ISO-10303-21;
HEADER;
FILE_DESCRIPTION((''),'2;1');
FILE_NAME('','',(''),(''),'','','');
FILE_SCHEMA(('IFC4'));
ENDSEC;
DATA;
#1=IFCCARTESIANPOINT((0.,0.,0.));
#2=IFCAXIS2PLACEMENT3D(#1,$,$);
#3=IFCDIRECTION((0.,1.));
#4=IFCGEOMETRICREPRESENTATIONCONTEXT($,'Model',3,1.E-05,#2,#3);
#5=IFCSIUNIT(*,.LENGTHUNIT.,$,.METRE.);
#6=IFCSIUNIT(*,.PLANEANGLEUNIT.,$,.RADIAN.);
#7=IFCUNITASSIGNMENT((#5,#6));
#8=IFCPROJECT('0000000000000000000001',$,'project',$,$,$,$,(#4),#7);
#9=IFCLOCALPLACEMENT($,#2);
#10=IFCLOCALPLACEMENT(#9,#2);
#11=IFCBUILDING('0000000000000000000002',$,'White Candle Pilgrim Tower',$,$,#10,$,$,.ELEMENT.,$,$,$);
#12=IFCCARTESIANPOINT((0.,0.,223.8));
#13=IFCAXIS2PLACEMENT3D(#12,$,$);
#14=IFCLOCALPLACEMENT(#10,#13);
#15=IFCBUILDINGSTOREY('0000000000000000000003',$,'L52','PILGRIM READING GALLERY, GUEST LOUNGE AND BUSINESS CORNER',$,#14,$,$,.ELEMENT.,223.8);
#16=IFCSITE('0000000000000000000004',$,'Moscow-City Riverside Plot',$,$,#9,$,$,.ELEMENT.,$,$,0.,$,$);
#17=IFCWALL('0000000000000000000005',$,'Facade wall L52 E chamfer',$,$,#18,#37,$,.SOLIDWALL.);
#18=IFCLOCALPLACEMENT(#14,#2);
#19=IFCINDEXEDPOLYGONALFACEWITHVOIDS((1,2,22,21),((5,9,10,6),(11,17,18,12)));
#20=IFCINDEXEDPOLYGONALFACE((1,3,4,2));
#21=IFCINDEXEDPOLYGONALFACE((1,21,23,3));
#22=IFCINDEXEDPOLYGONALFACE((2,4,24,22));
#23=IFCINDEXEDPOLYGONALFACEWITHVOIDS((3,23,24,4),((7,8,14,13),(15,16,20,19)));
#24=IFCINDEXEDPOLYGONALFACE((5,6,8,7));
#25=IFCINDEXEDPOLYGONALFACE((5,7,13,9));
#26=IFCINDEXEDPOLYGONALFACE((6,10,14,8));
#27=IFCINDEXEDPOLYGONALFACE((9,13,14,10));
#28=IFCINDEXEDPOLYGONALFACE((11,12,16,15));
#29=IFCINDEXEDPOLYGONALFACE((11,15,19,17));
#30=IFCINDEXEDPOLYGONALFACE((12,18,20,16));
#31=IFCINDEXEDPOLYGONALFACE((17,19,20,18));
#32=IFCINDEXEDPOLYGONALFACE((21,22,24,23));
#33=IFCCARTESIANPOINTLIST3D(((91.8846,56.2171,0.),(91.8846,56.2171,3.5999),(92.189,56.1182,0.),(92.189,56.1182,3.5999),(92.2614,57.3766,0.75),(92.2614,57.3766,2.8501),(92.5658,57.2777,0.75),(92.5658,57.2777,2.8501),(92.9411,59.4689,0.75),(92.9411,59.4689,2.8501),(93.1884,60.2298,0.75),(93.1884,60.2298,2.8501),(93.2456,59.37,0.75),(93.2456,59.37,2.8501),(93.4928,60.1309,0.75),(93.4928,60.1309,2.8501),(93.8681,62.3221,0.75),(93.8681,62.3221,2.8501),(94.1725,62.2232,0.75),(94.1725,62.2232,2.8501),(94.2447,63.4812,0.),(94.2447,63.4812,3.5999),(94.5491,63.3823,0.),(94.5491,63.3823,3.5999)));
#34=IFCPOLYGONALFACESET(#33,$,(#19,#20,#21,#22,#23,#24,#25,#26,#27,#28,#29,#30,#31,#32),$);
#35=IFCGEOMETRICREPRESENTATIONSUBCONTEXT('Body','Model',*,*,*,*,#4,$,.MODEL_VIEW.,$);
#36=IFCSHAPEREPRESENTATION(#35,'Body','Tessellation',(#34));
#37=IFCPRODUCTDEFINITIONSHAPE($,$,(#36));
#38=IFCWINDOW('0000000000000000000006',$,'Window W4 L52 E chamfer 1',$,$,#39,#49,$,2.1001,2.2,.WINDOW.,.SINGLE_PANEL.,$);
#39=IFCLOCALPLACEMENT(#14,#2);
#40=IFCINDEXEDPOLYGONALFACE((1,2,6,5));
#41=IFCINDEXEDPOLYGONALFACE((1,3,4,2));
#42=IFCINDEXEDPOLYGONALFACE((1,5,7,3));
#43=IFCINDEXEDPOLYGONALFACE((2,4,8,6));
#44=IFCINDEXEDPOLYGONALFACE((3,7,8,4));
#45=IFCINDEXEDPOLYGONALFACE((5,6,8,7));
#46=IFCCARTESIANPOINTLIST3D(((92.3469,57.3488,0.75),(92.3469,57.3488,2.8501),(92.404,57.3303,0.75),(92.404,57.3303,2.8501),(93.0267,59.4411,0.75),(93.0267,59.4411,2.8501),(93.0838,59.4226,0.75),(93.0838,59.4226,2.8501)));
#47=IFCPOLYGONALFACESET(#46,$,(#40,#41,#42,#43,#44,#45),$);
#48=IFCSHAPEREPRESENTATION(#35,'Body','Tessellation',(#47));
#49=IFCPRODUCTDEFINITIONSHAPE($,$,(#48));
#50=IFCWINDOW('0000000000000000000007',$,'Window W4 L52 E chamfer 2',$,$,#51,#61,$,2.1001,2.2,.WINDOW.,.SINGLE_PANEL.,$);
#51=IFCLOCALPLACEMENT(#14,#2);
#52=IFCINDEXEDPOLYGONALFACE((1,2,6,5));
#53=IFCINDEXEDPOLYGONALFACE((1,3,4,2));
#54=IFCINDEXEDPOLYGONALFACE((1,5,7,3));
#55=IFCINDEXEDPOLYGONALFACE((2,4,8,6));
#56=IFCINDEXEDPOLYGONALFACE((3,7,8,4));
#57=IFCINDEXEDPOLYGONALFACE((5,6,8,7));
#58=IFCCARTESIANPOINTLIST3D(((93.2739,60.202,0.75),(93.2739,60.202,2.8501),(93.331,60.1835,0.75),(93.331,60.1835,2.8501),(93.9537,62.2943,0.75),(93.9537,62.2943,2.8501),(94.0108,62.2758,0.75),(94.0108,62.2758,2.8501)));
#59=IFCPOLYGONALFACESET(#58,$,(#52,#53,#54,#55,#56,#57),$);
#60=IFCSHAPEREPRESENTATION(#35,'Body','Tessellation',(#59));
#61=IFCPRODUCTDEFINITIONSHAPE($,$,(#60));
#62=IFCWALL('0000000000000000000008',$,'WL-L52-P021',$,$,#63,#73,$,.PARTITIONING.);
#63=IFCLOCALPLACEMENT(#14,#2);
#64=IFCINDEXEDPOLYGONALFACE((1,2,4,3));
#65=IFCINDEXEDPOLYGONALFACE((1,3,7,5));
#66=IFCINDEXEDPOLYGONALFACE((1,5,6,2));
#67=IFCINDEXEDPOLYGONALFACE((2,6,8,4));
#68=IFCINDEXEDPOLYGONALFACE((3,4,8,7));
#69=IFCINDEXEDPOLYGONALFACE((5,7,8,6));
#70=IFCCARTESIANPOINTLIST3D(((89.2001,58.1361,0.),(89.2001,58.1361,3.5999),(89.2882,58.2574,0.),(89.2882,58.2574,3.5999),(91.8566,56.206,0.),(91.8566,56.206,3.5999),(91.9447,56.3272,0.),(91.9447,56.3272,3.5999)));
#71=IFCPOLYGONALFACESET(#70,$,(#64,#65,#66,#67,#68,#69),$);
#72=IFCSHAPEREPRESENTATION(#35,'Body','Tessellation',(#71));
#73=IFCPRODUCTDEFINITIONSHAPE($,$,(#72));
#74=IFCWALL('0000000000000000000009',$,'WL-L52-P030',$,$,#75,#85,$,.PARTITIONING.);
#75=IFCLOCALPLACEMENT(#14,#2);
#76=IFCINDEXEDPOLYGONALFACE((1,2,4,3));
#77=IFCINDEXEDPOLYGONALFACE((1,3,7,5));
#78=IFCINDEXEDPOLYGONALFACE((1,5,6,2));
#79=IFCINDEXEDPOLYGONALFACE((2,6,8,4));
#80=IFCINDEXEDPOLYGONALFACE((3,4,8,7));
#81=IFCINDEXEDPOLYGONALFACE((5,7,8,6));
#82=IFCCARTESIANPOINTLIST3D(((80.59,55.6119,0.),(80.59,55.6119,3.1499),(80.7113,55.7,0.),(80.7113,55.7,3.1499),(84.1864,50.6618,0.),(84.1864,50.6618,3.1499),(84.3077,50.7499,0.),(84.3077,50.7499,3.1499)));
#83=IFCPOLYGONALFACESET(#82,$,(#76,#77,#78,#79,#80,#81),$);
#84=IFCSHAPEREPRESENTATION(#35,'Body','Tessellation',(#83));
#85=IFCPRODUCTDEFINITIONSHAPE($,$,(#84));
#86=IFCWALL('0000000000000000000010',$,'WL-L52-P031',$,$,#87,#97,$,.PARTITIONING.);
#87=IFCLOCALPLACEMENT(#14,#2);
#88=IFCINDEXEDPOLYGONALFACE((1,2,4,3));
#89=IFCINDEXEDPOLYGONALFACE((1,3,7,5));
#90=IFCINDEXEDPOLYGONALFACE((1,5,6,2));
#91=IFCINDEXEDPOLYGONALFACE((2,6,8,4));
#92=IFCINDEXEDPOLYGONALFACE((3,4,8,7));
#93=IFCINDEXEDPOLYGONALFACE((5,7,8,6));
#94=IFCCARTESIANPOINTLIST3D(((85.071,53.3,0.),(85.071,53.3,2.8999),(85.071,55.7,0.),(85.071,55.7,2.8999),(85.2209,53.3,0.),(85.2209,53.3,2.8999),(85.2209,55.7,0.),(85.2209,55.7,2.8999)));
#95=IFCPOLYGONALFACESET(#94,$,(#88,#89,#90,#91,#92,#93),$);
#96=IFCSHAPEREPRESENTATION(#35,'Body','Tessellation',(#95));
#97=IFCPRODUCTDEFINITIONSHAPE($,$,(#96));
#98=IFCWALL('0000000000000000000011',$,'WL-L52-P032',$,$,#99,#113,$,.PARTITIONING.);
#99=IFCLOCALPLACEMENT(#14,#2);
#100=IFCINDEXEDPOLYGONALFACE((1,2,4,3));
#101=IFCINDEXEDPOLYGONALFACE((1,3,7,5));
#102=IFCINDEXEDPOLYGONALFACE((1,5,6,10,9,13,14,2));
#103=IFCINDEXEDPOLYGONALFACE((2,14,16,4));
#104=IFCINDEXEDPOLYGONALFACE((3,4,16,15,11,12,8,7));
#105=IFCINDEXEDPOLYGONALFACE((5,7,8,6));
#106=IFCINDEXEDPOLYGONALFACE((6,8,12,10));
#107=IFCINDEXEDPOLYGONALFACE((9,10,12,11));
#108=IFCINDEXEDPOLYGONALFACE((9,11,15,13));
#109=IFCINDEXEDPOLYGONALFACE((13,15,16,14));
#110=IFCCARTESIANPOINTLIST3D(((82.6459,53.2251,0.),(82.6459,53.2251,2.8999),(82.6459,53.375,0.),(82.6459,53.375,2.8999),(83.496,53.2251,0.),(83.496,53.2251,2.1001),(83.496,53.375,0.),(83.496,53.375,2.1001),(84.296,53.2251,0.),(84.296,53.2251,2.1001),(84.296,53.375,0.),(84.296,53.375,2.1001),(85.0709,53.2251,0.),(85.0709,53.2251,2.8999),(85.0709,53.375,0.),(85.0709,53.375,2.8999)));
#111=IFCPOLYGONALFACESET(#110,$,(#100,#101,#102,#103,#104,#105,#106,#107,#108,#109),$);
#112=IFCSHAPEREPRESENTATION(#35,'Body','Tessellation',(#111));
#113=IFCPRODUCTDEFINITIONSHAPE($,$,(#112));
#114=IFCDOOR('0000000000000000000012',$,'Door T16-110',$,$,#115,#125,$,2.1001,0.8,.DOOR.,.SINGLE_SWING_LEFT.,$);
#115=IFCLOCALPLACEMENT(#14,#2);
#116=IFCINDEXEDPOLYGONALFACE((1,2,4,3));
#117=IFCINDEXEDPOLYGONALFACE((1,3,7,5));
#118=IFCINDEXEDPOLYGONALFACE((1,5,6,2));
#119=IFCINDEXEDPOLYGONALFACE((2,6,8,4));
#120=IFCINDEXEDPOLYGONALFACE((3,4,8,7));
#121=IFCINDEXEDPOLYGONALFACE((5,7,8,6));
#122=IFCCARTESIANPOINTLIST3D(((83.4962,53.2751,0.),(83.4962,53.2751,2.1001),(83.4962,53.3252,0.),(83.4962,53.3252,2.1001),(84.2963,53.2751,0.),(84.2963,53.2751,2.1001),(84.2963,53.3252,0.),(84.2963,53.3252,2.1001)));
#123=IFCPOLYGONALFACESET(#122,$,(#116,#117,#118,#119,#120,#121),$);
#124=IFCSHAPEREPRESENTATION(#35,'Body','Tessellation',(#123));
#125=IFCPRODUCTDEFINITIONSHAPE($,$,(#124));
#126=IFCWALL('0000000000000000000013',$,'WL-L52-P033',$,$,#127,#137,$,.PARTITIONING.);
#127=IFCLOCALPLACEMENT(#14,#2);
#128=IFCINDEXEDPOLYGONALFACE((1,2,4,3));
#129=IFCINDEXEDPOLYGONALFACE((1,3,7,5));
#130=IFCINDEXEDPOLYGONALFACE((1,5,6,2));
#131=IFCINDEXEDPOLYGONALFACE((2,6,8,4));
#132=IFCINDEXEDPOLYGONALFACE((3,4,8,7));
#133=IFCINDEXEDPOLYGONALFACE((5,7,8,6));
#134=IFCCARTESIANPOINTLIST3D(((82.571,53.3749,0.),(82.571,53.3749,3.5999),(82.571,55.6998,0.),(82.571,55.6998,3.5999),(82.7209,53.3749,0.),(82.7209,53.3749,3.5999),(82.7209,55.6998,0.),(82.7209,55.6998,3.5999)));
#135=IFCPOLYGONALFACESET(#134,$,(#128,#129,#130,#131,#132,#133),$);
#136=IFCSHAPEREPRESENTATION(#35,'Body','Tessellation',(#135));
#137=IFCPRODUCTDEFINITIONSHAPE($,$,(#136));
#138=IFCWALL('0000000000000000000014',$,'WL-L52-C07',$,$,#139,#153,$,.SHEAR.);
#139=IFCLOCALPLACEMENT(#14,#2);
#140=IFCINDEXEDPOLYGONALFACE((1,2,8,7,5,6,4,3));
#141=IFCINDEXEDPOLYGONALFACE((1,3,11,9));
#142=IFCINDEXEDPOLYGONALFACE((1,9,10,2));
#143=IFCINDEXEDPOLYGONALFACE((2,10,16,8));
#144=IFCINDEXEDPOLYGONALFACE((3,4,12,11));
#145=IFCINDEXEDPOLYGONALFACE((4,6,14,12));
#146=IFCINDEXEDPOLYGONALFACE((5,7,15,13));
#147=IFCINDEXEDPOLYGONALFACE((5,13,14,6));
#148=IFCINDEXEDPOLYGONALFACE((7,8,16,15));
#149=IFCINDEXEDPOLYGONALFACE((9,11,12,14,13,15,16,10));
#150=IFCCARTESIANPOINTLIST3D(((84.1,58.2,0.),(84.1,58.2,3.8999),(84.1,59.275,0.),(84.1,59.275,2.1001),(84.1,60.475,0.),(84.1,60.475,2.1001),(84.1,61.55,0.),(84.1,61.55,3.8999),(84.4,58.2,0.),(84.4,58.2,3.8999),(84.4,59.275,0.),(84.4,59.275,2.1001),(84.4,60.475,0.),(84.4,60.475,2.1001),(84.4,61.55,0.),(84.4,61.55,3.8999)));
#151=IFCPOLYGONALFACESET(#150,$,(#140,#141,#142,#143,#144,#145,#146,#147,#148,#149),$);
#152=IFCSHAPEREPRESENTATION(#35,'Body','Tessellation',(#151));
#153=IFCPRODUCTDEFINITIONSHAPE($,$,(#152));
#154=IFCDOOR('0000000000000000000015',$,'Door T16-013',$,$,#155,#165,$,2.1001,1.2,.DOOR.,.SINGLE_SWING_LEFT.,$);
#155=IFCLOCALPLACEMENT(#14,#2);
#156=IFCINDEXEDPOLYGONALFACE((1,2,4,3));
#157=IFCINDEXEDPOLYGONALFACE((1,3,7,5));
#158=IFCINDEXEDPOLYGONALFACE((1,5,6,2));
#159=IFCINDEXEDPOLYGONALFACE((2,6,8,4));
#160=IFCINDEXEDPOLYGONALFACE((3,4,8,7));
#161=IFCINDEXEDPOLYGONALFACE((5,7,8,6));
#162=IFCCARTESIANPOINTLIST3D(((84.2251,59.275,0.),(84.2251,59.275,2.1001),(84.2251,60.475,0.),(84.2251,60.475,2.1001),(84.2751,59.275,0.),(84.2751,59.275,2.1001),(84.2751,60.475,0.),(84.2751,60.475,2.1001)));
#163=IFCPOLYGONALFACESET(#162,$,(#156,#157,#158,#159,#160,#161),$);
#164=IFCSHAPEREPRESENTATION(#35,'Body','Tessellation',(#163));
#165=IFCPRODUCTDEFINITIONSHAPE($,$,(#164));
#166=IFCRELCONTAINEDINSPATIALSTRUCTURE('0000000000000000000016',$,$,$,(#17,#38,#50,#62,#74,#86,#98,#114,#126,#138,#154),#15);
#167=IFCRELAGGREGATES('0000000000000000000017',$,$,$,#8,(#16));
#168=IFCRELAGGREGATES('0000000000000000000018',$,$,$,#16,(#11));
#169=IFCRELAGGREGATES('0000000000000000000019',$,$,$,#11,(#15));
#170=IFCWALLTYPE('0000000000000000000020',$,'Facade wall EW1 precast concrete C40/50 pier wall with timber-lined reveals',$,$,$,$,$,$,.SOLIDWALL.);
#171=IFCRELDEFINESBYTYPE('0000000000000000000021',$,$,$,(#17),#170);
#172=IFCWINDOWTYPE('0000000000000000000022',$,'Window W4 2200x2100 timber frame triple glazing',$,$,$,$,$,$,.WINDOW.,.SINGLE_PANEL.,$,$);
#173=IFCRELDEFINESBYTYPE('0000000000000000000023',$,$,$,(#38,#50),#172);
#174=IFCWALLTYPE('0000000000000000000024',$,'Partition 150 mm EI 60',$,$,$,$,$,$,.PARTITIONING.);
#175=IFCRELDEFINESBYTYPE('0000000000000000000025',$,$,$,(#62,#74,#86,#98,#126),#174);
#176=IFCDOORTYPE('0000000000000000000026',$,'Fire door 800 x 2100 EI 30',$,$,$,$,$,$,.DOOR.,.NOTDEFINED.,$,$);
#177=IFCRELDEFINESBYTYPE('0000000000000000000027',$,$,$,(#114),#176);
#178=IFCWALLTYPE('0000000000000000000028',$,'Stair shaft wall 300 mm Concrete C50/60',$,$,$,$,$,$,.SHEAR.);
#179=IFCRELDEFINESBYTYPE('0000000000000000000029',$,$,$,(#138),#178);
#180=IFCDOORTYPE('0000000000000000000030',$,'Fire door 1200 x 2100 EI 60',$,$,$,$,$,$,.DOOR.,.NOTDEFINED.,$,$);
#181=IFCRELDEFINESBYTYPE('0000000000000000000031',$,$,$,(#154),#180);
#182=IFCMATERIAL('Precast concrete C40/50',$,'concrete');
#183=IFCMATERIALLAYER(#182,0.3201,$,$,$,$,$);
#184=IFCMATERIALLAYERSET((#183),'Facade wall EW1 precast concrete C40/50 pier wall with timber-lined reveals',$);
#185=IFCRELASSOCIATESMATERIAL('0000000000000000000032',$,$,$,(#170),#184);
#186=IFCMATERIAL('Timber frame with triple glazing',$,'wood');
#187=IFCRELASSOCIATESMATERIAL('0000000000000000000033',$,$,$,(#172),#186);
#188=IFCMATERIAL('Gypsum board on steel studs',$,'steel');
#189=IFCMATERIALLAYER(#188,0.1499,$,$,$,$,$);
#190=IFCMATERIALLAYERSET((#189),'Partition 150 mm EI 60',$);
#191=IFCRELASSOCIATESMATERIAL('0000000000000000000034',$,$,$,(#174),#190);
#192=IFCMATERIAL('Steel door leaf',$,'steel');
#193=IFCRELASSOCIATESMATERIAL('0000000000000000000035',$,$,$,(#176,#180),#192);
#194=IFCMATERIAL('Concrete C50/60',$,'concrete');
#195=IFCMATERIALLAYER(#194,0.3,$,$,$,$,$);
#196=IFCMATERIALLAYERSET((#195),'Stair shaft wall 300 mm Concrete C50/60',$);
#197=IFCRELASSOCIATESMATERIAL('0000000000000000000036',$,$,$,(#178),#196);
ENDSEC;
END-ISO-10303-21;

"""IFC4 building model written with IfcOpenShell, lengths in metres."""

from ifc_helpers import new_model, si_unit, direction, frame, frame_2d, origin, place, context, subcontext, project, spatial, rectangle, extrude, material, layer, layer_set, type_object, element, fill, save


model = new_model("IFC4")

# Units and contexts
model_context = context("Model", 3, precision=1e-05, world=origin(), true_north=direction((0.0, 1.0)))
body_context = subcontext(model_context, "Body", "Model", "MODEL_VIEW")
ifc_project = project(units=[si_unit("LENGTHUNIT", "METRE"), si_unit("PLANEANGLEUNIT", "RADIAN")], contexts=[model_context])

# Site, building, storey
site_placement = place(None, origin())
site = spatial("IfcSite", under=ifc_project, at=site_placement, Name="Moscow-City Riverside Plot", CompositionType="ELEMENT", RefElevation=0.0)
building_placement = place(site_placement, origin())
building = spatial("IfcBuilding", under=site, at=building_placement, Name="White Candle Pilgrim Tower", CompositionType="ELEMENT")
storey_placement = place(building_placement, frame((0.0, 0.0, 223.8)))
storey = spatial("IfcBuildingStorey", under=building, at=storey_placement, Name="L52", Description="PILGRIM READING GALLERY, GUEST LOUNGE AND BUSINESS CORNER", CompositionType="ELEMENT", Elevation=223.8)

# Shared definitions
ifc_material_1 = material(Name="Concrete C50/60", Category="concrete")

# Shared definitions
ifc_material_2 = material(Name="Gypsum board on steel studs", Category="steel")
ifc_material_3 = material(Name="Steel door leaf", Category="steel")

# Wall, openings, windows
ifc_material_4 = material(Name="Precast concrete C40/50", Category="concrete")
ifc_layer_1 = layer(ifc_material_4, 0.3201)
ifc_layer_set_1 = layer_set([ifc_layer_1], Name="Facade wall EW1 precast concrete C40/50 pier wall with timber-lined reveals")
wall_type_1 = type_object("IfcWallType", Name="Facade wall EW1 precast concrete C40/50 pier wall with timber-lined reveals", PredefinedType="SOLIDWALL", material=ifc_layer_set_1)
wall_1_placement = place(storey_placement, frame((92.0369, 56.1677, 0.0), z_axis=(0.0, 0.0, 1.0), x_axis=(0.308998, 0.951063, 0.0)))
wall_1 = element("IfcWall", 1, at=wall_1_placement, inside=storey, type_object=wall_type_1, Name="Facade wall L52 E chamfer", PredefinedType="SOLIDWALL", context=body_context, shape_type="SweptSolid", body=[
    extrude(rectangle(XDim=7.6379, YDim=0.3201, at=frame_2d((3.8188, 0.0))), origin(), (0.0, 0.0, 1.0), 3.5999),
])
opening_1_placement = place(wall_1_placement, frame((1.219, 0.0, 0.75)))
opening_1 = element("IfcOpeningElement", 2, at=opening_1_placement, cuts=wall_1, PredefinedType="OPENING", context=body_context, shape_type="SweptSolid", body=[
    extrude(rectangle(XDim=2.2, YDim=2.1001, at=frame_2d((1.1001, 1.05))), frame((0.0, 0.1699, 0.0), z_axis=(0.0, -1.0, 0.0), x_axis=(1.0, 0.0, 0.0)), (0.0, 0.0, 1.0), 0.3401),
])
opening_2_placement = place(wall_1_placement, frame((4.219, 0.0, 0.75)))
opening_2 = element("IfcOpeningElement", 3, at=opening_2_placement, cuts=wall_1, PredefinedType="OPENING", context=body_context, shape_type="SweptSolid", body=[
    extrude(rectangle(XDim=2.2, YDim=2.1001, at=frame_2d((1.1001, 1.05))), frame((0.0, 0.1699, 0.0), z_axis=(0.0, -1.0, 0.0), x_axis=(1.0, 0.0, 0.0)), (0.0, 0.0, 1.0), 0.3401),
])
ifc_material_5 = material(Name="Timber frame with triple glazing", Category="wood")
window_type = type_object("IfcWindowType", Name="Window W4 2200x2100 timber frame triple glazing", PartitioningType="SINGLE_PANEL", PredefinedType="WINDOW", material=ifc_material_5)
window_1_placement = place(opening_1_placement, origin())
window_1 = element("IfcWindow", 4, at=window_1_placement, inside=storey, type_object=window_type, Name="Window W4 L52 E chamfer 1", OverallHeight=2.1001, OverallWidth=2.2, PartitioningType="SINGLE_PANEL", PredefinedType="WINDOW", context=body_context, shape_type="SweptSolid", body=[
    extrude(rectangle(XDim=2.2, YDim=2.1001, at=frame_2d((1.1001, 1.05))), frame((0.0, 0.0701, 0.0), z_axis=(0.0, -1.0, 0.0), x_axis=(1.0, 0.0, 0.0)), (0.0, 0.0, 1.0), 0.0601),
])
fill(opening_1, window_1)
window_2_placement = place(opening_2_placement, origin())
window_2 = element("IfcWindow", 5, at=window_2_placement, inside=storey, type_object=window_type, Name="Window W4 L52 E chamfer 2", OverallHeight=2.1001, OverallWidth=2.2, PartitioningType="SINGLE_PANEL", PredefinedType="WINDOW", context=body_context, shape_type="SweptSolid", body=[
    extrude(rectangle(XDim=2.2, YDim=2.1001, at=frame_2d((1.1001, 1.05))), frame((0.0, 0.0701, 0.0), z_axis=(0.0, -1.0, 0.0), x_axis=(1.0, 0.0, 0.0)), (0.0, 0.0, 1.0), 0.0601),
])
fill(opening_2, window_2)

# Walls
ifc_layer_2 = layer(ifc_material_2, 0.1499)
ifc_layer_set_2 = layer_set([ifc_layer_2], Name="Partition 150 mm EI 60")
wall_type_2 = type_object("IfcWallType", Name="Partition 150 mm EI 60", PredefinedType="PARTITIONING", material=ifc_layer_set_2)
wall_2_placement = place(storey_placement, frame((91.9006, 56.2666, 0.0), z_axis=(0.0, 0.0, 1.0), x_axis=(-0.809, 0.587809, 0.0)))
element("IfcWall", 6, at=wall_2_placement, inside=storey, type_object=wall_type_2, Name="WL-L52-P021", PredefinedType="PARTITIONING", context=body_context, shape_type="SweptSolid", body=[
    extrude(rectangle(XDim=3.2837, YDim=0.1499, at=frame_2d((1.6418, 0.0))), origin(), (0.0, 0.0, 1.0), 3.5999),
])
wall_3_placement = place(storey_placement, frame((84.2471, 50.7058, 0.0), z_axis=(0.0, 0.0, 1.0), x_axis=(-0.587775, 0.809024, 0.0)))
element("IfcWall", 7, at=wall_3_placement, inside=storey, type_object=wall_type_2, Name="WL-L52-P030", PredefinedType="PARTITIONING", context=body_context, shape_type="SweptSolid", body=[
    extrude(rectangle(XDim=6.1187, YDim=0.1499, at=frame_2d((3.0593, 0.0))), origin(), (0.0, 0.0, 1.0), 3.1499),
])
wall_4_placement = place(storey_placement, frame((85.146, 55.7, 0.0), z_axis=(0.0, 0.0, 1.0), x_axis=(0.0, -1.0, 0.0)))
element("IfcWall", 8, at=wall_4_placement, inside=storey, type_object=wall_type_2, Name="WL-L52-P031", PredefinedType="PARTITIONING", context=body_context, shape_type="SweptSolid", body=[
    extrude(rectangle(XDim=2.3999, YDim=0.1499, at=frame_2d((1.2, 0.0))), origin(), (0.0, 0.0, 1.0), 2.8999),
])

# Wall, opening, door
wall_5_placement = place(storey_placement, frame((82.646, 53.3, 0.0), z_axis=(0.0, 0.0, 1.0), x_axis=(1.0, 0.0, 0.0)))
wall_5 = element("IfcWall", 9, at=wall_5_placement, inside=storey, type_object=wall_type_2, Name="WL-L52-P032", PredefinedType="PARTITIONING", context=body_context, shape_type="SweptSolid", body=[
    extrude(rectangle(XDim=2.425, YDim=0.1499, at=frame_2d((1.2124, 0.0))), origin(), (0.0, 0.0, 1.0), 2.8999),
])
opening_3_placement = place(wall_5_placement, frame((0.8501, 0.0, 0.0)))
opening_3 = element("IfcOpeningElement", 10, at=opening_3_placement, cuts=wall_5, PredefinedType="OPENING", context=body_context, shape_type="SweptSolid", body=[
    extrude(rectangle(XDim=0.8, YDim=2.1001, at=frame_2d((0.3999, 1.05))), frame((0.0, 0.085, 0.0), z_axis=(0.0, -1.0, 0.0), x_axis=(1.0, 0.0, 0.0)), (0.0, 0.0, 1.0), 0.1699),
])
door_type_1 = type_object("IfcDoorType", Name="Fire door 800 x 2100 EI 30", OperationType="NOTDEFINED", PredefinedType="DOOR", material=ifc_material_3)
door_1_placement = place(opening_3_placement, frame((0.8, 0.0, 0.0), z_axis=(0.0, 0.0, 1.0), x_axis=(-1.0, 0.0, 0.0)))
door_1 = element("IfcDoor", 11, at=door_1_placement, inside=storey, type_object=door_type_1, Name="Door T16-110", OperationType="SINGLE_SWING_LEFT", OverallHeight=2.1001, OverallWidth=0.8, PredefinedType="DOOR", context=body_context, shape_type="SweptSolid", body=[
    extrude(rectangle(XDim=0.8, YDim=2.1001, at=frame_2d((0.3999, 1.05))), frame((0.0, 0.0249, 0.0), z_axis=(0.0, -1.0, 0.0), x_axis=(1.0, 0.0, 0.0)), (0.0, 0.0, 1.0), 0.05),
])
fill(opening_3, door_1)

# Wall
wall_6_placement = place(storey_placement, frame((82.646, 55.7, 0.0), z_axis=(0.0, 0.0, 1.0), x_axis=(0.0, -1.0, 0.0)))
element("IfcWall", 12, at=wall_6_placement, inside=storey, type_object=wall_type_2, Name="WL-L52-P033", PredefinedType="PARTITIONING", context=body_context, shape_type="SweptSolid", body=[
    extrude(rectangle(XDim=2.325, YDim=0.1499, at=frame_2d((1.1626, 0.0))), origin(), (0.0, 0.0, 1.0), 3.5999),
])

# Wall, opening, door
ifc_layer_3 = layer(ifc_material_1, 0.3)
ifc_layer_set_3 = layer_set([ifc_layer_3], Name="Stair shaft wall 300 mm Concrete C50/60")
wall_type_3 = type_object("IfcWallType", Name="Stair shaft wall 300 mm Concrete C50/60", PredefinedType="SHEAR", material=ifc_layer_set_3)
wall_7_placement = place(storey_placement, frame((84.25, 58.2, 0.0), z_axis=(0.0, 0.0, 1.0), x_axis=(0.0, 1.0, 0.0)))
wall_7 = element("IfcWall", 13, at=wall_7_placement, inside=storey, type_object=wall_type_3, Name="WL-L52-C07", PredefinedType="SHEAR", context=body_context, shape_type="SweptSolid", body=[
    extrude(rectangle(XDim=3.3501, YDim=0.3, at=frame_2d((1.675, 0.0))), origin(), (0.0, 0.0, 1.0), 3.8999),
])
opening_4_placement = place(wall_7_placement, frame((1.075, 0.0, 0.0)))
opening_4 = element("IfcOpeningElement", 14, at=opening_4_placement, cuts=wall_7, PredefinedType="OPENING", context=body_context, shape_type="SweptSolid", body=[
    extrude(rectangle(XDim=1.2, YDim=2.1001, at=frame_2d((0.6001, 1.05))), frame((0.0, 0.1599, 0.0), z_axis=(0.0, -1.0, 0.0), x_axis=(1.0, 0.0, 0.0)), (0.0, 0.0, 1.0), 0.3201),
])
door_type_2 = type_object("IfcDoorType", Name="Fire door 1200 x 2100 EI 60", OperationType="NOTDEFINED", PredefinedType="DOOR", material=ifc_material_3)
door_2_placement = place(opening_4_placement, origin())
door_2 = element("IfcDoor", 15, at=door_2_placement, inside=storey, type_object=door_type_2, Name="Door T16-013", OperationType="SINGLE_SWING_LEFT", OverallHeight=2.1001, OverallWidth=1.2, PredefinedType="DOOR", context=body_context, shape_type="SweptSolid", body=[
    extrude(rectangle(XDim=1.2, YDim=2.1001, at=frame_2d((0.6001, 1.05))), frame((0.0, 0.0249, 0.0), z_axis=(0.0, -1.0, 0.0), x_axis=(1.0, 0.0, 0.0)), (0.0, 0.0, 1.0), 0.05),
])
fill(opening_4, door_2)

save(model, "model.ifc")
